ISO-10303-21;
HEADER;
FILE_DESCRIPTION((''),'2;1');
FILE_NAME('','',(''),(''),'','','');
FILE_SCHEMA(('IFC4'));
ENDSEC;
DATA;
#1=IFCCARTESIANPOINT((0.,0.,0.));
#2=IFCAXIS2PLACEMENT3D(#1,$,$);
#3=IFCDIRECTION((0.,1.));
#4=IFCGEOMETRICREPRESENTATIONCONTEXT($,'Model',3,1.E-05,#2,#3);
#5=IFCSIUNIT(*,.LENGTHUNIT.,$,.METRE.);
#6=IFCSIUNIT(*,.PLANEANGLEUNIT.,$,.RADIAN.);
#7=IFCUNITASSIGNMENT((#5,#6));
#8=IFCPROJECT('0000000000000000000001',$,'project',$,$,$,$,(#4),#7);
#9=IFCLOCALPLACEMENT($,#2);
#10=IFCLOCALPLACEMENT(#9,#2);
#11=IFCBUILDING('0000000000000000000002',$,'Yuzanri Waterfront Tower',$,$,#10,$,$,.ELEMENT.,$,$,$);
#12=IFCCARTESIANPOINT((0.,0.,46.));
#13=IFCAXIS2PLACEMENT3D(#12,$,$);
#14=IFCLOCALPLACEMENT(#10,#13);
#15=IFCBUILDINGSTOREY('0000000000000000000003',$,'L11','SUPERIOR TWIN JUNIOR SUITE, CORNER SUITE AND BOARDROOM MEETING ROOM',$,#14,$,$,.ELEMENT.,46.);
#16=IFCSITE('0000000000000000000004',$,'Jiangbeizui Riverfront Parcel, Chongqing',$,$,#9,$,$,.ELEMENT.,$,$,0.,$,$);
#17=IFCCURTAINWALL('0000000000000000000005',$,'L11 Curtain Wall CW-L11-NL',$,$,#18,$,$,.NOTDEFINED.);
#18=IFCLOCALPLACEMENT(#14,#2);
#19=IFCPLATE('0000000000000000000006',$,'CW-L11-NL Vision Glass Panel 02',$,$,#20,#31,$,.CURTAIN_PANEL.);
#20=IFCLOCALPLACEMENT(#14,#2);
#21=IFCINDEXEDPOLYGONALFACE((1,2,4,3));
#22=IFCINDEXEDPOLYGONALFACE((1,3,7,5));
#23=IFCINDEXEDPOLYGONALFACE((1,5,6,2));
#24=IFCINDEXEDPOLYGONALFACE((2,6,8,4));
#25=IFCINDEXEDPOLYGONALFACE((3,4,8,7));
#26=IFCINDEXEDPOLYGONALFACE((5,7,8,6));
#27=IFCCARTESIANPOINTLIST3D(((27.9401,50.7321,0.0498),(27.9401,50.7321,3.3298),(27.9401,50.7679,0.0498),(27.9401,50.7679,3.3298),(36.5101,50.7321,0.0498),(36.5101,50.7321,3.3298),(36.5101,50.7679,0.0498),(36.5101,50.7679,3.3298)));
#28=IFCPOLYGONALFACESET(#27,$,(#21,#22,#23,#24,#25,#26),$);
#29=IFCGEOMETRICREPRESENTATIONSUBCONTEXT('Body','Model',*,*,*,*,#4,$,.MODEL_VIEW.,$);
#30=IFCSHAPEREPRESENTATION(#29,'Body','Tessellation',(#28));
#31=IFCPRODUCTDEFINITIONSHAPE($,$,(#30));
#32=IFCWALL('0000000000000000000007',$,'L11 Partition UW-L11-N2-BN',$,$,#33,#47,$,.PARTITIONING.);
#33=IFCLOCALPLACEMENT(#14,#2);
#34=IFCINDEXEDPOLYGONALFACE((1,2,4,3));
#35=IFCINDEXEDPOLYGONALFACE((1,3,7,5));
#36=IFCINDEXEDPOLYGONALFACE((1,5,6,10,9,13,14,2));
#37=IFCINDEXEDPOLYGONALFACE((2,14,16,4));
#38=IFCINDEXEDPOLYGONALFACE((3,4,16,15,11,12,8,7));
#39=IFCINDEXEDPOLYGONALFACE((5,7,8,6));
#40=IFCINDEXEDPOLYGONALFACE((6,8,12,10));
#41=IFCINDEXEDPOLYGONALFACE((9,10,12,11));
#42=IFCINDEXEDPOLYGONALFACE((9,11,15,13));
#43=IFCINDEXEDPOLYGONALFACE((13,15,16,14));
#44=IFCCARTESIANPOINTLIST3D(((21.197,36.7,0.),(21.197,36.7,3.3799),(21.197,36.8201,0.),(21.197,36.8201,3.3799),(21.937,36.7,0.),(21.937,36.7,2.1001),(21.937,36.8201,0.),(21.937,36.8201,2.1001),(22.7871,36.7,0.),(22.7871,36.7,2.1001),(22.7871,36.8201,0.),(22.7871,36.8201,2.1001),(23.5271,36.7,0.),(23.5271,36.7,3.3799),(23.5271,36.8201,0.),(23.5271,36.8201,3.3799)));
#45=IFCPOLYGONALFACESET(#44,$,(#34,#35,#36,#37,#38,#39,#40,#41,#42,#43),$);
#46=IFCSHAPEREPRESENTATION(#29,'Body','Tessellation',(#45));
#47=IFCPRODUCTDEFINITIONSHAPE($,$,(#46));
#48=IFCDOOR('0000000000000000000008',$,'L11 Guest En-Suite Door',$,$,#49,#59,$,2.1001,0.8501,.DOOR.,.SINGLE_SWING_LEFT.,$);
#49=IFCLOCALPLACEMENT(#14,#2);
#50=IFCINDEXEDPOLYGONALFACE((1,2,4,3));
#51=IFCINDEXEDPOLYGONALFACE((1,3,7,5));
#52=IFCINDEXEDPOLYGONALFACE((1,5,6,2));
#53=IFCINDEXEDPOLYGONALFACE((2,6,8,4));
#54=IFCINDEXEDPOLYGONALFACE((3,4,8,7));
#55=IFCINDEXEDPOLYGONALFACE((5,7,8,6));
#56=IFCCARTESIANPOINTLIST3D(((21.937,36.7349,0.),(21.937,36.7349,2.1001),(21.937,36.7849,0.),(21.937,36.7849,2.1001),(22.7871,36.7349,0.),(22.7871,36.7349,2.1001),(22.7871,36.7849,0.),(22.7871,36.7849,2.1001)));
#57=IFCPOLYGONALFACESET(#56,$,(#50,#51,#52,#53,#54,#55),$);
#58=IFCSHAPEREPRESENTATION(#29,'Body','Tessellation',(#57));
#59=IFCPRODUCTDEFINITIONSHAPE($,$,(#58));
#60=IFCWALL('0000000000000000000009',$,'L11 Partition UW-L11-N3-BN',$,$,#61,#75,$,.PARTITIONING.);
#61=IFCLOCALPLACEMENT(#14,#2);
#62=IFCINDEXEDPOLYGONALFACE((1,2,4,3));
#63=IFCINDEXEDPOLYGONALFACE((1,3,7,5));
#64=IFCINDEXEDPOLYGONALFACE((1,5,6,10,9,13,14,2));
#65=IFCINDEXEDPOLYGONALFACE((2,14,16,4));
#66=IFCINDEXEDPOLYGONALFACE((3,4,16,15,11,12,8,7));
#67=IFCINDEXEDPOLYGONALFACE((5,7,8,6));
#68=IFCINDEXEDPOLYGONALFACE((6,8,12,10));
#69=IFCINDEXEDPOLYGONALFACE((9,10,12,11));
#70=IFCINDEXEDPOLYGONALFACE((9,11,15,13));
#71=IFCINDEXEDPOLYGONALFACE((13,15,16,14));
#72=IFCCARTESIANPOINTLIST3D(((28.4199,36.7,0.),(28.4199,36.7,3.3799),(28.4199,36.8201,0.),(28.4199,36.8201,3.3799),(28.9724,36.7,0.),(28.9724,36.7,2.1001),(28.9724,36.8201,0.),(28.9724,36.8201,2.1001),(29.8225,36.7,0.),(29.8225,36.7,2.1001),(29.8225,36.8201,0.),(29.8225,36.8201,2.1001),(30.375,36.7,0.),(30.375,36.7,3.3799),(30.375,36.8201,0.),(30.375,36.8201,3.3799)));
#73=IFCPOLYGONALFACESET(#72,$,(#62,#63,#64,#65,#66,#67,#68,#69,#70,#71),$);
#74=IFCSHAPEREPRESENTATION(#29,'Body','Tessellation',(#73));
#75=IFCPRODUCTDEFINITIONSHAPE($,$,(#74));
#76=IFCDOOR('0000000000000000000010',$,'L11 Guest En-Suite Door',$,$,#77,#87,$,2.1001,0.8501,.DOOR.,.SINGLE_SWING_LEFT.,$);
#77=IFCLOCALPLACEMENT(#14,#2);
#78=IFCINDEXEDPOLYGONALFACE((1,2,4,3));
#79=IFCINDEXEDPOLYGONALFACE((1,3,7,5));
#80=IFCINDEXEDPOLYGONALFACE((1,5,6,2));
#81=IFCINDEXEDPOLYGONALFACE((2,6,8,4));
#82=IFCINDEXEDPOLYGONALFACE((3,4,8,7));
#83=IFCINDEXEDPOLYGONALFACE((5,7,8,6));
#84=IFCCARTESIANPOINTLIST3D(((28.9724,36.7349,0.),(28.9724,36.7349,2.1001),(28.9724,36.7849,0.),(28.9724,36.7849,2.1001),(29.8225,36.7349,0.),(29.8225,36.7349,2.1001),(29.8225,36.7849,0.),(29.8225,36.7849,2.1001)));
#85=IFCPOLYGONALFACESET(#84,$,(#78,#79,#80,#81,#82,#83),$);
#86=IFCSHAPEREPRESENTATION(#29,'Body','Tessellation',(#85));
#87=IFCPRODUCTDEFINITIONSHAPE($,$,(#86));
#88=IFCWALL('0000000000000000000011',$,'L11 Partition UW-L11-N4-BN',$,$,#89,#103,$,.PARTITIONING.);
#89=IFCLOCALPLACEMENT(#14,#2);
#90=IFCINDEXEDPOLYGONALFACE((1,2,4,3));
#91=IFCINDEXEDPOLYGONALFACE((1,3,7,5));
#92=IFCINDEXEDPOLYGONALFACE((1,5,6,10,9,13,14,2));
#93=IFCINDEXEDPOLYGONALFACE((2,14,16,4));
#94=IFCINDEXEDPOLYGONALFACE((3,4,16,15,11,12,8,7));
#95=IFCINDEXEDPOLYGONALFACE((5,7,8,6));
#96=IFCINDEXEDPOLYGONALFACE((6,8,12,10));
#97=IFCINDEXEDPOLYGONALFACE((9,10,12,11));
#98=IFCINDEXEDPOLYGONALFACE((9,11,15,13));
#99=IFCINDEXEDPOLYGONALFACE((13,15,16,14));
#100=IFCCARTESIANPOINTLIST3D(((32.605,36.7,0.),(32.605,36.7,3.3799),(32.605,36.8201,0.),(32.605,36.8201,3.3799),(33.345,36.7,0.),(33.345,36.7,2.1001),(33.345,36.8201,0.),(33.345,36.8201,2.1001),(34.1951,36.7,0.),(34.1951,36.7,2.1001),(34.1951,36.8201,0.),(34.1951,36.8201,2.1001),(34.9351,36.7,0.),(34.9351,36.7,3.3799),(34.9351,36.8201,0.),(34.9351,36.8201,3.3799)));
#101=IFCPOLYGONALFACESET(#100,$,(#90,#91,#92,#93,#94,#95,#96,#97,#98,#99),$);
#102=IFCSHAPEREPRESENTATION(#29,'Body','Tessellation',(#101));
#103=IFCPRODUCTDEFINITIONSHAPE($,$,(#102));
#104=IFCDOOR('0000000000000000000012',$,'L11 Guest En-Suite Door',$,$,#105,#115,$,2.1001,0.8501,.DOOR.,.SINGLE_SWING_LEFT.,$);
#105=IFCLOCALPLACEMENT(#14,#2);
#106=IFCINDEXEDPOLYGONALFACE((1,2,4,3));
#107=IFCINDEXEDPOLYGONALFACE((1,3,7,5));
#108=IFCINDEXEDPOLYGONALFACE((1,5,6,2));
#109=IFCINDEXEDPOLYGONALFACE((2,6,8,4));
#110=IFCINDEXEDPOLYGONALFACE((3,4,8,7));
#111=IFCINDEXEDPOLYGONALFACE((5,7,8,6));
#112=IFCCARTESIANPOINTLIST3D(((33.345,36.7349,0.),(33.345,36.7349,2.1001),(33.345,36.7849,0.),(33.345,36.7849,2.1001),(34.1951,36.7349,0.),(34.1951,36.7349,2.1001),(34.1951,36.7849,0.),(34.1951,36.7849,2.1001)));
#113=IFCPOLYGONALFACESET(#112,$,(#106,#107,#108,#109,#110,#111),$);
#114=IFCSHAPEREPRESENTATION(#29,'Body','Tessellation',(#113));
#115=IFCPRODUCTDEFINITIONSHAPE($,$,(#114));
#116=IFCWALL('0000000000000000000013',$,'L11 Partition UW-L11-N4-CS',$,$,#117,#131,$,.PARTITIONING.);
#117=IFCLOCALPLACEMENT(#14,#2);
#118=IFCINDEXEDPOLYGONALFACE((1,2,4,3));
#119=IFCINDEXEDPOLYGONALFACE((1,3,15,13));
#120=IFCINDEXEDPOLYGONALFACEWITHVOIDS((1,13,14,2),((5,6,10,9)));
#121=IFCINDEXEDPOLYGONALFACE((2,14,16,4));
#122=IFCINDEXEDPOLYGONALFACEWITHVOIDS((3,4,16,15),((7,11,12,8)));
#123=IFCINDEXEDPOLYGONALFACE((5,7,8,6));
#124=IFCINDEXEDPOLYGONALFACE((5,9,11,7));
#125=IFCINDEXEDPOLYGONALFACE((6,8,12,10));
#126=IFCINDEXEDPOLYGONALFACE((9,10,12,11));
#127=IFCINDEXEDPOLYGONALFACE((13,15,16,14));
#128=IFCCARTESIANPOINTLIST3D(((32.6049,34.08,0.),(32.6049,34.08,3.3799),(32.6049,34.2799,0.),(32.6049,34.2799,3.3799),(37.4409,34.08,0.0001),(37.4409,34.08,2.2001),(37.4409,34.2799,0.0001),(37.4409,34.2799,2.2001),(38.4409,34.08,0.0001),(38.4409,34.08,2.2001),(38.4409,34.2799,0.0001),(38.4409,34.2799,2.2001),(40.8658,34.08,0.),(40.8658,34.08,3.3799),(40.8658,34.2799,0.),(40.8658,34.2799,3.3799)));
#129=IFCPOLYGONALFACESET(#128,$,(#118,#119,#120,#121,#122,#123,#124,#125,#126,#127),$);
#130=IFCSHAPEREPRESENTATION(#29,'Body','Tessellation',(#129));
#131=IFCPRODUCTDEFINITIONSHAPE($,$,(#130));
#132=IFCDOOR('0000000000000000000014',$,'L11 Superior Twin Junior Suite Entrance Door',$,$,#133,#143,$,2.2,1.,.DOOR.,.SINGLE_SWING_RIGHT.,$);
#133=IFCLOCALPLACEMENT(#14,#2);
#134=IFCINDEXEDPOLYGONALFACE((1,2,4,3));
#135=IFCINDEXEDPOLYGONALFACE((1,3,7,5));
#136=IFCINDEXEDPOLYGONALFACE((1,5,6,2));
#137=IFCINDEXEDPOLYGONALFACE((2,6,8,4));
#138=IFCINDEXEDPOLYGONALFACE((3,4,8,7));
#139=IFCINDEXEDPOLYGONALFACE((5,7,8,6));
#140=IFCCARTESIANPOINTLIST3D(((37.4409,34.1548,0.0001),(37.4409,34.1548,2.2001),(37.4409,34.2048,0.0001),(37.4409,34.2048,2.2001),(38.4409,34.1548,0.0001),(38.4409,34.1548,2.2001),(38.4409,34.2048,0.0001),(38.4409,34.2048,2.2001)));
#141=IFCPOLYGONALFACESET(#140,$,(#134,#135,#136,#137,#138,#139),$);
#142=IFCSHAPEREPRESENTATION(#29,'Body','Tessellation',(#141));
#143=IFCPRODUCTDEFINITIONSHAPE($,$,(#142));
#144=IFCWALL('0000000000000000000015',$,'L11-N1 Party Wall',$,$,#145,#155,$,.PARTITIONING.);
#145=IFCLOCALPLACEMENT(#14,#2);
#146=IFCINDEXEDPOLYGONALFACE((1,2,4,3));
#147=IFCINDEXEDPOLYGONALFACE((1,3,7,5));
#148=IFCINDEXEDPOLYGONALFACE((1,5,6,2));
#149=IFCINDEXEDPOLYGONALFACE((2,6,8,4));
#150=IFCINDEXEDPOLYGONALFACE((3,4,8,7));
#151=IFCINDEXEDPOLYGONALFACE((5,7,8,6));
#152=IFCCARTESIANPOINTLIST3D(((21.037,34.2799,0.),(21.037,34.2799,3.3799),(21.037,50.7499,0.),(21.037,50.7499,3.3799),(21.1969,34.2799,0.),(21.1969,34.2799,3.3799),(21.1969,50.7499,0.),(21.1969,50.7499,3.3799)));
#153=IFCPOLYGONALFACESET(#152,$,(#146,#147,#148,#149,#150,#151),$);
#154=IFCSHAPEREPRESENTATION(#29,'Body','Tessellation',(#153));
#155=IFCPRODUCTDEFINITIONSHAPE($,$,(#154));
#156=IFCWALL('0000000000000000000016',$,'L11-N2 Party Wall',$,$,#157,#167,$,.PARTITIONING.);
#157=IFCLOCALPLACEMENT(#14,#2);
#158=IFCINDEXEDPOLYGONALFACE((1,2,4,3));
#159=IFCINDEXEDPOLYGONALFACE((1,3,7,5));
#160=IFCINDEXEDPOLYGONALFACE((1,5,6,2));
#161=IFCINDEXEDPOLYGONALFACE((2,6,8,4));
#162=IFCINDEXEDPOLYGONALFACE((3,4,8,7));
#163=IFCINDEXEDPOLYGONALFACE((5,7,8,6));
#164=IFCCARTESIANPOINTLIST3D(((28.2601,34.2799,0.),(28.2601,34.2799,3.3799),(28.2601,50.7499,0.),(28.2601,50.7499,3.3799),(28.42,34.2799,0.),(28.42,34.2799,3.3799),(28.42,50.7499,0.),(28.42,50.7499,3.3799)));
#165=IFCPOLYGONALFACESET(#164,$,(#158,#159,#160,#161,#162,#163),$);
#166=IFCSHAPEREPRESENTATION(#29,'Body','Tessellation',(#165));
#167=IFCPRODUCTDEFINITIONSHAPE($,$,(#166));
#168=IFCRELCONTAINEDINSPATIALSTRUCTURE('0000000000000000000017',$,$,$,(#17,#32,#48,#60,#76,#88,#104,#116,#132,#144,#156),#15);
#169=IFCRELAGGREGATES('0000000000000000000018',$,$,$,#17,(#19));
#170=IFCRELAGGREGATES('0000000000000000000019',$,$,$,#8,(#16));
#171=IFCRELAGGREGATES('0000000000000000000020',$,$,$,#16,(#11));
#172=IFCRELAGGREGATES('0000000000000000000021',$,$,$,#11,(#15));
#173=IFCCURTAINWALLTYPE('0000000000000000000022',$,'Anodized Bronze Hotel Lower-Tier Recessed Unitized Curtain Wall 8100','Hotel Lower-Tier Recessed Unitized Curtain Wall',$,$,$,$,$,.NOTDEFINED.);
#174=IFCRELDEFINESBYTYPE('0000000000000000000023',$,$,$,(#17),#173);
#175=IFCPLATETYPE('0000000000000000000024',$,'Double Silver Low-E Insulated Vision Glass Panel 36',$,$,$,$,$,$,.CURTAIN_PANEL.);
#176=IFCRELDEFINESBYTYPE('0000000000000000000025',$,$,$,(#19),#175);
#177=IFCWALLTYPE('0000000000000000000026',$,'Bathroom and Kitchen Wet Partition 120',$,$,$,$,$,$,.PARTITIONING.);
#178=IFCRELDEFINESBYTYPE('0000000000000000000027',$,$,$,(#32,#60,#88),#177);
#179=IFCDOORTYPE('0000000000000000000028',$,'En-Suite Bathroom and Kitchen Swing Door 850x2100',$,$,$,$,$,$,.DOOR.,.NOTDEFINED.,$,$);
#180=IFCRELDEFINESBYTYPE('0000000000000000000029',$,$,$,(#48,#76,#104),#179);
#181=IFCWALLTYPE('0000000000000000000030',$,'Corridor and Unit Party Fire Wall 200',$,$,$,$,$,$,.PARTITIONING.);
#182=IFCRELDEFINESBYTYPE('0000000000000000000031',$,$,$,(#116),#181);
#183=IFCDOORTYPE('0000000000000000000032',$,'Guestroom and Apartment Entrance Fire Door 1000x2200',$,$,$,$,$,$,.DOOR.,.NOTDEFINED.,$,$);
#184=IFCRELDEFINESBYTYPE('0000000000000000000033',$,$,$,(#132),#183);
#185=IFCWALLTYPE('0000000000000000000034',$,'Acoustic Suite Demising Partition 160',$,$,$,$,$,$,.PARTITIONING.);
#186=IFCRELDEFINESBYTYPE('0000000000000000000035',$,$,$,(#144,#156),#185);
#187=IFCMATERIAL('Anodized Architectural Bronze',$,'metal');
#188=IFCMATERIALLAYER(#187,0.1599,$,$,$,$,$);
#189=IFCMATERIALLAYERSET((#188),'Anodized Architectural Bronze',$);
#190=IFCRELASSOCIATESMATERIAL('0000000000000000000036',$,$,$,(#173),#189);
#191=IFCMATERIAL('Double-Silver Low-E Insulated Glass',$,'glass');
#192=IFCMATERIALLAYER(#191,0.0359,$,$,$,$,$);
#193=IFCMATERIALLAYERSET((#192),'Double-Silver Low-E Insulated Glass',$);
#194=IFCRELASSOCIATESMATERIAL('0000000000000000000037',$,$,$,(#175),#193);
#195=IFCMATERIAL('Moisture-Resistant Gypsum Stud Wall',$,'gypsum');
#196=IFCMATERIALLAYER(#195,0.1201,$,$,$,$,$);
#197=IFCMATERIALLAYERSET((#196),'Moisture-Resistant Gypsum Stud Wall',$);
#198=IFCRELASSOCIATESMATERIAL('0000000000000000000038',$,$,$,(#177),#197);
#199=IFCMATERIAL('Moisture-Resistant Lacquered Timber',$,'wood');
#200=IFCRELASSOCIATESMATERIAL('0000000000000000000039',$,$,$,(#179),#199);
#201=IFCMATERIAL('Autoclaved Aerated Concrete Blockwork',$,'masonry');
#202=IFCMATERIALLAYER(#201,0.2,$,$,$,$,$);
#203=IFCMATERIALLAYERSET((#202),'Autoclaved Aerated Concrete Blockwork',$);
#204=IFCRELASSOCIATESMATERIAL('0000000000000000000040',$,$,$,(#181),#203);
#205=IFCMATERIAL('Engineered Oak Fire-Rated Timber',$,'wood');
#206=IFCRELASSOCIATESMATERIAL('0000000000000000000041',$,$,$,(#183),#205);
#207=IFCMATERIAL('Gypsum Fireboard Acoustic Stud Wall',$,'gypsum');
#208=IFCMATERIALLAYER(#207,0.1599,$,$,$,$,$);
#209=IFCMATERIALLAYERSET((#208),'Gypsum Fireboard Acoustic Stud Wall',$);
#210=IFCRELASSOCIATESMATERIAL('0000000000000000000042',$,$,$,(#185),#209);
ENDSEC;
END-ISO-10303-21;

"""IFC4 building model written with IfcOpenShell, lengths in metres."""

from ifc_helpers import new_model, si_unit, direction, frame, frame_2d, origin, origin_2d, place, context, subcontext, project, spatial, rectangle, extrude, source, transform, mapped, material, layer, layer_set, type_object, element, fill, aggregate, save


model = new_model("IFC4")

# Units and contexts
model_context = context("Model", 3, precision=1e-05, world=origin(), true_north=direction((0.0, 1.0)))
body_context = subcontext(model_context, "Body", "Model", "MODEL_VIEW")
ifc_project = project(units=[si_unit("LENGTHUNIT", "METRE"), si_unit("PLANEANGLEUNIT", "RADIAN")], contexts=[model_context])

# Site, building, storey
site_placement = place(None, origin())
site = spatial("IfcSite", under=ifc_project, at=site_placement, Name="Jiangbeizui Riverfront Parcel, Chongqing", CompositionType="ELEMENT", RefElevation=0.0)
building_placement = place(site_placement, origin())
building = spatial("IfcBuilding", under=site, at=building_placement, Name="Yuzanri Waterfront Tower", CompositionType="ELEMENT")
storey_placement = place(building_placement, frame((0.0, 0.0, 46.0)))
storey = spatial("IfcBuildingStorey", under=building, at=storey_placement, Name="L11", Description="SUPERIOR TWIN JUNIOR SUITE, CORNER SUITE AND BOARDROOM MEETING ROOM", CompositionType="ELEMENT", Elevation=46.0)

# Curtain wall, plate
ifc_material_1 = material(Name="Anodized Architectural Bronze", Category="metal")
ifc_layer_1 = layer(ifc_material_1, 0.1599)
ifc_layer_set_1 = layer_set([ifc_layer_1], Name="Anodized Architectural Bronze")
curtain_wall_type = type_object("IfcCurtainWallType", Name="Anodized Bronze Hotel Lower-Tier Recessed Unitized Curtain Wall 8100", Description="Hotel Lower-Tier Recessed Unitized Curtain Wall", PredefinedType="NOTDEFINED", material=ifc_layer_set_1)
curtain_wall_placement = place(storey_placement, origin())
curtain_wall = element("IfcCurtainWall", 1, at=curtain_wall_placement, inside=storey, type_object=curtain_wall_type, Name="L11 Curtain Wall CW-L11-NL", PredefinedType="NOTDEFINED")
ifc_material_2 = material(Name="Double-Silver Low-E Insulated Glass", Category="glass")
ifc_layer_2 = layer(ifc_material_2, 0.0359)
ifc_layer_set_2 = layer_set([ifc_layer_2], Name="Double-Silver Low-E Insulated Glass")
plate_type = type_object("IfcPlateType", Name="Double Silver Low-E Insulated Vision Glass Panel 36", PredefinedType="CURTAIN_PANEL", material=ifc_layer_set_2)
shared_shape_1 = source(origin(), body_context, "Body", "SweptSolid", [
    extrude(rectangle(XDim=8.5701, YDim=0.0359, at=origin_2d()), origin(), (0.0, 0.0, 1.0), 3.28),
])
plate_1_placement = place(storey_placement, frame((32.2251, 50.75, 0.0498), z_axis=(0.0, 0.0, 1.0), x_axis=(1.0, 0.0, 0.0)))
plate_1 = element("IfcPlate", 2, at=plate_1_placement, type_object=plate_type, Name="CW-L11-NL Vision Glass Panel 02", PredefinedType="CURTAIN_PANEL", context=body_context, shape_type="MappedRepresentation", body=[
    mapped(shared_shape_1, transform((0.0, 0.0, 0.0), scale=1.0)),
])
aggregate(curtain_wall, [plate_1])

# Walls, openings, doors
ifc_material_3 = material(Name="Moisture-Resistant Gypsum Stud Wall", Category="gypsum")
ifc_layer_3 = layer(ifc_material_3, 0.1201)
ifc_layer_set_3 = layer_set([ifc_layer_3], Name="Moisture-Resistant Gypsum Stud Wall")
wall_type_1 = type_object("IfcWallType", Name="Bathroom and Kitchen Wet Partition 120", PredefinedType="PARTITIONING", material=ifc_layer_set_3)
wall_1_placement = place(storey_placement, frame((21.197, 36.76, 0.0), z_axis=(0.0, 0.0, 1.0), x_axis=(1.0, 0.0, 0.0)))
wall_1 = element("IfcWall", 3, at=wall_1_placement, inside=storey, type_object=wall_type_1, Name="L11 Partition UW-L11-N2-BN", PredefinedType="PARTITIONING", context=body_context, shape_type="SweptSolid", body=[
    extrude(rectangle(XDim=2.3301, YDim=0.1201, at=frame_2d((1.165, 0.0))), origin(), (0.0, 0.0, 1.0), 3.3799),
])
opening_1_placement = place(wall_1_placement, frame((0.74, 0.0, 0.0)))
opening_1 = element("IfcOpeningElement", 4, at=opening_1_placement, cuts=wall_1, PredefinedType="OPENING", context=body_context, shape_type="SweptSolid", body=[
    extrude(rectangle(XDim=0.8501, YDim=2.1001, at=frame_2d((0.425, 1.05))), frame((0.0, 0.075, 0.0), z_axis=(0.0, -1.0, 0.0), x_axis=(1.0, 0.0, 0.0)), (0.0, 0.0, 1.0), 0.1499),
])
ifc_material_4 = material(Name="Moisture-Resistant Lacquered Timber", Category="wood")
door_type_1 = type_object("IfcDoorType", Name="En-Suite Bathroom and Kitchen Swing Door 850x2100", OperationType="NOTDEFINED", PredefinedType="DOOR", material=ifc_material_4)
shared_shape_2 = source(origin(), body_context, "Body", "SweptSolid", [
    extrude(rectangle(XDim=0.8501, YDim=2.1001, at=frame_2d((0.425, 1.05))), frame((0.0, 0.0249, 0.0), z_axis=(0.0, -1.0, 0.0), x_axis=(1.0, 0.0, 0.0)), (0.0, 0.0, 1.0), 0.05),
])
door_1_placement = place(opening_1_placement, origin())
door_1 = element("IfcDoor", 5, at=door_1_placement, inside=storey, type_object=door_type_1, Name="L11 Guest En-Suite Door", OperationType="SINGLE_SWING_LEFT", OverallHeight=2.1001, OverallWidth=0.8501, PredefinedType="DOOR", context=body_context, shape_type="MappedRepresentation", body=[
    mapped(shared_shape_2, transform((0.0, 0.0, 0.0), scale=1.0)),
])
fill(opening_1, door_1)
wall_2_placement = place(storey_placement, frame((28.4199, 36.76, 0.0), z_axis=(0.0, 0.0, 1.0), x_axis=(1.0, 0.0, 0.0)))
wall_2 = element("IfcWall", 6, at=wall_2_placement, inside=storey, type_object=wall_type_1, Name="L11 Partition UW-L11-N3-BN", PredefinedType="PARTITIONING", context=body_context, shape_type="SweptSolid", body=[
    extrude(rectangle(XDim=1.9551, YDim=0.1201, at=frame_2d((0.9775, 0.0))), origin(), (0.0, 0.0, 1.0), 3.3799),
])
opening_2_placement = place(wall_2_placement, frame((0.5525, 0.0, 0.0)))
opening_2 = element("IfcOpeningElement", 7, at=opening_2_placement, cuts=wall_2, PredefinedType="OPENING", context=body_context, shape_type="SweptSolid", body=[
    extrude(rectangle(XDim=0.8501, YDim=2.1001, at=frame_2d((0.425, 1.05))), frame((0.0, 0.075, 0.0), z_axis=(0.0, -1.0, 0.0), x_axis=(1.0, 0.0, 0.0)), (0.0, 0.0, 1.0), 0.1499),
])
door_2_placement = place(opening_2_placement, origin())
door_2 = element("IfcDoor", 8, at=door_2_placement, inside=storey, type_object=door_type_1, Name="L11 Guest En-Suite Door", OperationType="SINGLE_SWING_LEFT", OverallHeight=2.1001, OverallWidth=0.8501, PredefinedType="DOOR", context=body_context, shape_type="MappedRepresentation", body=[
    mapped(shared_shape_2, transform((0.0, 0.0, 0.0), scale=1.0)),
])
fill(opening_2, door_2)
wall_3_placement = place(storey_placement, frame((32.605, 36.76, 0.0), z_axis=(0.0, 0.0, 1.0), x_axis=(1.0, 0.0, 0.0)))
wall_3 = element("IfcWall", 9, at=wall_3_placement, inside=storey, type_object=wall_type_1, Name="L11 Partition UW-L11-N4-BN", PredefinedType="PARTITIONING", context=body_context, shape_type="SweptSolid", body=[
    extrude(rectangle(XDim=2.3301, YDim=0.1201, at=frame_2d((1.165, 0.0))), origin(), (0.0, 0.0, 1.0), 3.3799),
])
opening_3_placement = place(wall_3_placement, frame((0.74, 0.0, 0.0)))
opening_3 = element("IfcOpeningElement", 10, at=opening_3_placement, cuts=wall_3, PredefinedType="OPENING", context=body_context, shape_type="SweptSolid", body=[
    extrude(rectangle(XDim=0.8501, YDim=2.1001, at=frame_2d((0.425, 1.05))), frame((0.0, 0.075, 0.0), z_axis=(0.0, -1.0, 0.0), x_axis=(1.0, 0.0, 0.0)), (0.0, 0.0, 1.0), 0.1499),
])
door_3_placement = place(opening_3_placement, origin())
door_3 = element("IfcDoor", 11, at=door_3_placement, inside=storey, type_object=door_type_1, Name="L11 Guest En-Suite Door", OperationType="SINGLE_SWING_LEFT", OverallHeight=2.1001, OverallWidth=0.8501, PredefinedType="DOOR", context=body_context, shape_type="MappedRepresentation", body=[
    mapped(shared_shape_2, transform((0.0, 0.0, 0.0), scale=1.0)),
])
fill(opening_3, door_3)
ifc_material_5 = material(Name="Autoclaved Aerated Concrete Blockwork", Category="masonry")
ifc_layer_4 = layer(ifc_material_5, 0.2)
ifc_layer_set_4 = layer_set([ifc_layer_4], Name="Autoclaved Aerated Concrete Blockwork")
wall_type_2 = type_object("IfcWallType", Name="Corridor and Unit Party Fire Wall 200", PredefinedType="PARTITIONING", material=ifc_layer_set_4)
wall_4_placement = place(storey_placement, frame((32.605, 34.1799, 0.0), z_axis=(0.0, 0.0, 1.0), x_axis=(1.0, 0.0, 0.0)))
wall_4 = element("IfcWall", 12, at=wall_4_placement, inside=storey, type_object=wall_type_2, Name="L11 Partition UW-L11-N4-CS", PredefinedType="PARTITIONING", context=body_context, shape_type="SweptSolid", body=[
    extrude(rectangle(XDim=8.261, YDim=0.2, at=frame_2d((4.1304, 0.0))), origin(), (0.0, 0.0, 1.0), 3.3799),
])
opening_4_placement = place(wall_4_placement, frame((4.8359, 0.0, 0.0)))
opening_4 = element("IfcOpeningElement", 13, at=opening_4_placement, cuts=wall_4, PredefinedType="OPENING", context=body_context, shape_type="SweptSolid", body=[
    extrude(rectangle(XDim=1.0, YDim=2.2, at=frame_2d((0.5, 1.1001))), frame((0.0, 0.1147, 0.0), z_axis=(0.0, -1.0, 0.0), x_axis=(1.0, 0.0, 0.0)), (0.0, 0.0, 1.0), 0.2297),
])
ifc_material_6 = material(Name="Engineered Oak Fire-Rated Timber", Category="wood")
door_type_2 = type_object("IfcDoorType", Name="Guestroom and Apartment Entrance Fire Door 1000x2200", OperationType="NOTDEFINED", PredefinedType="DOOR", material=ifc_material_6)
shared_shape_3 = source(origin(), body_context, "Body", "SweptSolid", [
    extrude(rectangle(XDim=1.0, YDim=2.2, at=frame_2d((0.5, 1.1001))), frame((0.0, 0.0249, 0.0), z_axis=(0.0, -1.0, 0.0), x_axis=(1.0, 0.0, 0.0)), (0.0, 0.0, 1.0), 0.05),
])
door_4_placement = place(opening_4_placement, origin())
door_4 = element("IfcDoor", 14, at=door_4_placement, inside=storey, type_object=door_type_2, Name="L11 Superior Twin Junior Suite Entrance Door", OperationType="SINGLE_SWING_RIGHT", OverallHeight=2.2, OverallWidth=1.0, PredefinedType="DOOR", context=body_context, shape_type="MappedRepresentation", body=[
    mapped(shared_shape_3, transform((0.0, 0.0, 0.0), scale=1.0)),
])
fill(opening_4, door_4)

# Walls
ifc_material_7 = material(Name="Gypsum Fireboard Acoustic Stud Wall", Category="gypsum")
ifc_layer_5 = layer(ifc_material_7, 0.1599)
ifc_layer_set_5 = layer_set([ifc_layer_5], Name="Gypsum Fireboard Acoustic Stud Wall")
wall_type_3 = type_object("IfcWallType", Name="Acoustic Suite Demising Partition 160", PredefinedType="PARTITIONING", material=ifc_layer_set_5)
shared_shape_4 = source(origin(), body_context, "Body", "SweptSolid", [
    extrude(rectangle(XDim=16.47, YDim=0.1599, at=frame_2d((8.2349, 0.0))), origin(), (0.0, 0.0, 1.0), 3.3799),
])
for number, where, z_axis, x_axis, name in (
    (15, (21.1169, 34.28, 0.0), (0.0, 0.0, 1.0), (0.0, 1.0, 0.0), "L11-N1 Party Wall"),
    (16, (28.3401, 34.28, 0.0), (0.0, 0.0, 1.0), (0.0, 1.0, 0.0), "L11-N2 Party Wall"),
):
    element("IfcWall", number, at=place(storey_placement, frame(where, z_axis=z_axis, x_axis=x_axis)), inside=storey, type_object=wall_type_3, Name=name, PredefinedType="PARTITIONING", context=body_context, shape_type="MappedRepresentation", body=[
        mapped(shared_shape_4, transform((0.0, 0.0, 0.0), scale=1.0)),
    ])

save(model, "model.ifc")
